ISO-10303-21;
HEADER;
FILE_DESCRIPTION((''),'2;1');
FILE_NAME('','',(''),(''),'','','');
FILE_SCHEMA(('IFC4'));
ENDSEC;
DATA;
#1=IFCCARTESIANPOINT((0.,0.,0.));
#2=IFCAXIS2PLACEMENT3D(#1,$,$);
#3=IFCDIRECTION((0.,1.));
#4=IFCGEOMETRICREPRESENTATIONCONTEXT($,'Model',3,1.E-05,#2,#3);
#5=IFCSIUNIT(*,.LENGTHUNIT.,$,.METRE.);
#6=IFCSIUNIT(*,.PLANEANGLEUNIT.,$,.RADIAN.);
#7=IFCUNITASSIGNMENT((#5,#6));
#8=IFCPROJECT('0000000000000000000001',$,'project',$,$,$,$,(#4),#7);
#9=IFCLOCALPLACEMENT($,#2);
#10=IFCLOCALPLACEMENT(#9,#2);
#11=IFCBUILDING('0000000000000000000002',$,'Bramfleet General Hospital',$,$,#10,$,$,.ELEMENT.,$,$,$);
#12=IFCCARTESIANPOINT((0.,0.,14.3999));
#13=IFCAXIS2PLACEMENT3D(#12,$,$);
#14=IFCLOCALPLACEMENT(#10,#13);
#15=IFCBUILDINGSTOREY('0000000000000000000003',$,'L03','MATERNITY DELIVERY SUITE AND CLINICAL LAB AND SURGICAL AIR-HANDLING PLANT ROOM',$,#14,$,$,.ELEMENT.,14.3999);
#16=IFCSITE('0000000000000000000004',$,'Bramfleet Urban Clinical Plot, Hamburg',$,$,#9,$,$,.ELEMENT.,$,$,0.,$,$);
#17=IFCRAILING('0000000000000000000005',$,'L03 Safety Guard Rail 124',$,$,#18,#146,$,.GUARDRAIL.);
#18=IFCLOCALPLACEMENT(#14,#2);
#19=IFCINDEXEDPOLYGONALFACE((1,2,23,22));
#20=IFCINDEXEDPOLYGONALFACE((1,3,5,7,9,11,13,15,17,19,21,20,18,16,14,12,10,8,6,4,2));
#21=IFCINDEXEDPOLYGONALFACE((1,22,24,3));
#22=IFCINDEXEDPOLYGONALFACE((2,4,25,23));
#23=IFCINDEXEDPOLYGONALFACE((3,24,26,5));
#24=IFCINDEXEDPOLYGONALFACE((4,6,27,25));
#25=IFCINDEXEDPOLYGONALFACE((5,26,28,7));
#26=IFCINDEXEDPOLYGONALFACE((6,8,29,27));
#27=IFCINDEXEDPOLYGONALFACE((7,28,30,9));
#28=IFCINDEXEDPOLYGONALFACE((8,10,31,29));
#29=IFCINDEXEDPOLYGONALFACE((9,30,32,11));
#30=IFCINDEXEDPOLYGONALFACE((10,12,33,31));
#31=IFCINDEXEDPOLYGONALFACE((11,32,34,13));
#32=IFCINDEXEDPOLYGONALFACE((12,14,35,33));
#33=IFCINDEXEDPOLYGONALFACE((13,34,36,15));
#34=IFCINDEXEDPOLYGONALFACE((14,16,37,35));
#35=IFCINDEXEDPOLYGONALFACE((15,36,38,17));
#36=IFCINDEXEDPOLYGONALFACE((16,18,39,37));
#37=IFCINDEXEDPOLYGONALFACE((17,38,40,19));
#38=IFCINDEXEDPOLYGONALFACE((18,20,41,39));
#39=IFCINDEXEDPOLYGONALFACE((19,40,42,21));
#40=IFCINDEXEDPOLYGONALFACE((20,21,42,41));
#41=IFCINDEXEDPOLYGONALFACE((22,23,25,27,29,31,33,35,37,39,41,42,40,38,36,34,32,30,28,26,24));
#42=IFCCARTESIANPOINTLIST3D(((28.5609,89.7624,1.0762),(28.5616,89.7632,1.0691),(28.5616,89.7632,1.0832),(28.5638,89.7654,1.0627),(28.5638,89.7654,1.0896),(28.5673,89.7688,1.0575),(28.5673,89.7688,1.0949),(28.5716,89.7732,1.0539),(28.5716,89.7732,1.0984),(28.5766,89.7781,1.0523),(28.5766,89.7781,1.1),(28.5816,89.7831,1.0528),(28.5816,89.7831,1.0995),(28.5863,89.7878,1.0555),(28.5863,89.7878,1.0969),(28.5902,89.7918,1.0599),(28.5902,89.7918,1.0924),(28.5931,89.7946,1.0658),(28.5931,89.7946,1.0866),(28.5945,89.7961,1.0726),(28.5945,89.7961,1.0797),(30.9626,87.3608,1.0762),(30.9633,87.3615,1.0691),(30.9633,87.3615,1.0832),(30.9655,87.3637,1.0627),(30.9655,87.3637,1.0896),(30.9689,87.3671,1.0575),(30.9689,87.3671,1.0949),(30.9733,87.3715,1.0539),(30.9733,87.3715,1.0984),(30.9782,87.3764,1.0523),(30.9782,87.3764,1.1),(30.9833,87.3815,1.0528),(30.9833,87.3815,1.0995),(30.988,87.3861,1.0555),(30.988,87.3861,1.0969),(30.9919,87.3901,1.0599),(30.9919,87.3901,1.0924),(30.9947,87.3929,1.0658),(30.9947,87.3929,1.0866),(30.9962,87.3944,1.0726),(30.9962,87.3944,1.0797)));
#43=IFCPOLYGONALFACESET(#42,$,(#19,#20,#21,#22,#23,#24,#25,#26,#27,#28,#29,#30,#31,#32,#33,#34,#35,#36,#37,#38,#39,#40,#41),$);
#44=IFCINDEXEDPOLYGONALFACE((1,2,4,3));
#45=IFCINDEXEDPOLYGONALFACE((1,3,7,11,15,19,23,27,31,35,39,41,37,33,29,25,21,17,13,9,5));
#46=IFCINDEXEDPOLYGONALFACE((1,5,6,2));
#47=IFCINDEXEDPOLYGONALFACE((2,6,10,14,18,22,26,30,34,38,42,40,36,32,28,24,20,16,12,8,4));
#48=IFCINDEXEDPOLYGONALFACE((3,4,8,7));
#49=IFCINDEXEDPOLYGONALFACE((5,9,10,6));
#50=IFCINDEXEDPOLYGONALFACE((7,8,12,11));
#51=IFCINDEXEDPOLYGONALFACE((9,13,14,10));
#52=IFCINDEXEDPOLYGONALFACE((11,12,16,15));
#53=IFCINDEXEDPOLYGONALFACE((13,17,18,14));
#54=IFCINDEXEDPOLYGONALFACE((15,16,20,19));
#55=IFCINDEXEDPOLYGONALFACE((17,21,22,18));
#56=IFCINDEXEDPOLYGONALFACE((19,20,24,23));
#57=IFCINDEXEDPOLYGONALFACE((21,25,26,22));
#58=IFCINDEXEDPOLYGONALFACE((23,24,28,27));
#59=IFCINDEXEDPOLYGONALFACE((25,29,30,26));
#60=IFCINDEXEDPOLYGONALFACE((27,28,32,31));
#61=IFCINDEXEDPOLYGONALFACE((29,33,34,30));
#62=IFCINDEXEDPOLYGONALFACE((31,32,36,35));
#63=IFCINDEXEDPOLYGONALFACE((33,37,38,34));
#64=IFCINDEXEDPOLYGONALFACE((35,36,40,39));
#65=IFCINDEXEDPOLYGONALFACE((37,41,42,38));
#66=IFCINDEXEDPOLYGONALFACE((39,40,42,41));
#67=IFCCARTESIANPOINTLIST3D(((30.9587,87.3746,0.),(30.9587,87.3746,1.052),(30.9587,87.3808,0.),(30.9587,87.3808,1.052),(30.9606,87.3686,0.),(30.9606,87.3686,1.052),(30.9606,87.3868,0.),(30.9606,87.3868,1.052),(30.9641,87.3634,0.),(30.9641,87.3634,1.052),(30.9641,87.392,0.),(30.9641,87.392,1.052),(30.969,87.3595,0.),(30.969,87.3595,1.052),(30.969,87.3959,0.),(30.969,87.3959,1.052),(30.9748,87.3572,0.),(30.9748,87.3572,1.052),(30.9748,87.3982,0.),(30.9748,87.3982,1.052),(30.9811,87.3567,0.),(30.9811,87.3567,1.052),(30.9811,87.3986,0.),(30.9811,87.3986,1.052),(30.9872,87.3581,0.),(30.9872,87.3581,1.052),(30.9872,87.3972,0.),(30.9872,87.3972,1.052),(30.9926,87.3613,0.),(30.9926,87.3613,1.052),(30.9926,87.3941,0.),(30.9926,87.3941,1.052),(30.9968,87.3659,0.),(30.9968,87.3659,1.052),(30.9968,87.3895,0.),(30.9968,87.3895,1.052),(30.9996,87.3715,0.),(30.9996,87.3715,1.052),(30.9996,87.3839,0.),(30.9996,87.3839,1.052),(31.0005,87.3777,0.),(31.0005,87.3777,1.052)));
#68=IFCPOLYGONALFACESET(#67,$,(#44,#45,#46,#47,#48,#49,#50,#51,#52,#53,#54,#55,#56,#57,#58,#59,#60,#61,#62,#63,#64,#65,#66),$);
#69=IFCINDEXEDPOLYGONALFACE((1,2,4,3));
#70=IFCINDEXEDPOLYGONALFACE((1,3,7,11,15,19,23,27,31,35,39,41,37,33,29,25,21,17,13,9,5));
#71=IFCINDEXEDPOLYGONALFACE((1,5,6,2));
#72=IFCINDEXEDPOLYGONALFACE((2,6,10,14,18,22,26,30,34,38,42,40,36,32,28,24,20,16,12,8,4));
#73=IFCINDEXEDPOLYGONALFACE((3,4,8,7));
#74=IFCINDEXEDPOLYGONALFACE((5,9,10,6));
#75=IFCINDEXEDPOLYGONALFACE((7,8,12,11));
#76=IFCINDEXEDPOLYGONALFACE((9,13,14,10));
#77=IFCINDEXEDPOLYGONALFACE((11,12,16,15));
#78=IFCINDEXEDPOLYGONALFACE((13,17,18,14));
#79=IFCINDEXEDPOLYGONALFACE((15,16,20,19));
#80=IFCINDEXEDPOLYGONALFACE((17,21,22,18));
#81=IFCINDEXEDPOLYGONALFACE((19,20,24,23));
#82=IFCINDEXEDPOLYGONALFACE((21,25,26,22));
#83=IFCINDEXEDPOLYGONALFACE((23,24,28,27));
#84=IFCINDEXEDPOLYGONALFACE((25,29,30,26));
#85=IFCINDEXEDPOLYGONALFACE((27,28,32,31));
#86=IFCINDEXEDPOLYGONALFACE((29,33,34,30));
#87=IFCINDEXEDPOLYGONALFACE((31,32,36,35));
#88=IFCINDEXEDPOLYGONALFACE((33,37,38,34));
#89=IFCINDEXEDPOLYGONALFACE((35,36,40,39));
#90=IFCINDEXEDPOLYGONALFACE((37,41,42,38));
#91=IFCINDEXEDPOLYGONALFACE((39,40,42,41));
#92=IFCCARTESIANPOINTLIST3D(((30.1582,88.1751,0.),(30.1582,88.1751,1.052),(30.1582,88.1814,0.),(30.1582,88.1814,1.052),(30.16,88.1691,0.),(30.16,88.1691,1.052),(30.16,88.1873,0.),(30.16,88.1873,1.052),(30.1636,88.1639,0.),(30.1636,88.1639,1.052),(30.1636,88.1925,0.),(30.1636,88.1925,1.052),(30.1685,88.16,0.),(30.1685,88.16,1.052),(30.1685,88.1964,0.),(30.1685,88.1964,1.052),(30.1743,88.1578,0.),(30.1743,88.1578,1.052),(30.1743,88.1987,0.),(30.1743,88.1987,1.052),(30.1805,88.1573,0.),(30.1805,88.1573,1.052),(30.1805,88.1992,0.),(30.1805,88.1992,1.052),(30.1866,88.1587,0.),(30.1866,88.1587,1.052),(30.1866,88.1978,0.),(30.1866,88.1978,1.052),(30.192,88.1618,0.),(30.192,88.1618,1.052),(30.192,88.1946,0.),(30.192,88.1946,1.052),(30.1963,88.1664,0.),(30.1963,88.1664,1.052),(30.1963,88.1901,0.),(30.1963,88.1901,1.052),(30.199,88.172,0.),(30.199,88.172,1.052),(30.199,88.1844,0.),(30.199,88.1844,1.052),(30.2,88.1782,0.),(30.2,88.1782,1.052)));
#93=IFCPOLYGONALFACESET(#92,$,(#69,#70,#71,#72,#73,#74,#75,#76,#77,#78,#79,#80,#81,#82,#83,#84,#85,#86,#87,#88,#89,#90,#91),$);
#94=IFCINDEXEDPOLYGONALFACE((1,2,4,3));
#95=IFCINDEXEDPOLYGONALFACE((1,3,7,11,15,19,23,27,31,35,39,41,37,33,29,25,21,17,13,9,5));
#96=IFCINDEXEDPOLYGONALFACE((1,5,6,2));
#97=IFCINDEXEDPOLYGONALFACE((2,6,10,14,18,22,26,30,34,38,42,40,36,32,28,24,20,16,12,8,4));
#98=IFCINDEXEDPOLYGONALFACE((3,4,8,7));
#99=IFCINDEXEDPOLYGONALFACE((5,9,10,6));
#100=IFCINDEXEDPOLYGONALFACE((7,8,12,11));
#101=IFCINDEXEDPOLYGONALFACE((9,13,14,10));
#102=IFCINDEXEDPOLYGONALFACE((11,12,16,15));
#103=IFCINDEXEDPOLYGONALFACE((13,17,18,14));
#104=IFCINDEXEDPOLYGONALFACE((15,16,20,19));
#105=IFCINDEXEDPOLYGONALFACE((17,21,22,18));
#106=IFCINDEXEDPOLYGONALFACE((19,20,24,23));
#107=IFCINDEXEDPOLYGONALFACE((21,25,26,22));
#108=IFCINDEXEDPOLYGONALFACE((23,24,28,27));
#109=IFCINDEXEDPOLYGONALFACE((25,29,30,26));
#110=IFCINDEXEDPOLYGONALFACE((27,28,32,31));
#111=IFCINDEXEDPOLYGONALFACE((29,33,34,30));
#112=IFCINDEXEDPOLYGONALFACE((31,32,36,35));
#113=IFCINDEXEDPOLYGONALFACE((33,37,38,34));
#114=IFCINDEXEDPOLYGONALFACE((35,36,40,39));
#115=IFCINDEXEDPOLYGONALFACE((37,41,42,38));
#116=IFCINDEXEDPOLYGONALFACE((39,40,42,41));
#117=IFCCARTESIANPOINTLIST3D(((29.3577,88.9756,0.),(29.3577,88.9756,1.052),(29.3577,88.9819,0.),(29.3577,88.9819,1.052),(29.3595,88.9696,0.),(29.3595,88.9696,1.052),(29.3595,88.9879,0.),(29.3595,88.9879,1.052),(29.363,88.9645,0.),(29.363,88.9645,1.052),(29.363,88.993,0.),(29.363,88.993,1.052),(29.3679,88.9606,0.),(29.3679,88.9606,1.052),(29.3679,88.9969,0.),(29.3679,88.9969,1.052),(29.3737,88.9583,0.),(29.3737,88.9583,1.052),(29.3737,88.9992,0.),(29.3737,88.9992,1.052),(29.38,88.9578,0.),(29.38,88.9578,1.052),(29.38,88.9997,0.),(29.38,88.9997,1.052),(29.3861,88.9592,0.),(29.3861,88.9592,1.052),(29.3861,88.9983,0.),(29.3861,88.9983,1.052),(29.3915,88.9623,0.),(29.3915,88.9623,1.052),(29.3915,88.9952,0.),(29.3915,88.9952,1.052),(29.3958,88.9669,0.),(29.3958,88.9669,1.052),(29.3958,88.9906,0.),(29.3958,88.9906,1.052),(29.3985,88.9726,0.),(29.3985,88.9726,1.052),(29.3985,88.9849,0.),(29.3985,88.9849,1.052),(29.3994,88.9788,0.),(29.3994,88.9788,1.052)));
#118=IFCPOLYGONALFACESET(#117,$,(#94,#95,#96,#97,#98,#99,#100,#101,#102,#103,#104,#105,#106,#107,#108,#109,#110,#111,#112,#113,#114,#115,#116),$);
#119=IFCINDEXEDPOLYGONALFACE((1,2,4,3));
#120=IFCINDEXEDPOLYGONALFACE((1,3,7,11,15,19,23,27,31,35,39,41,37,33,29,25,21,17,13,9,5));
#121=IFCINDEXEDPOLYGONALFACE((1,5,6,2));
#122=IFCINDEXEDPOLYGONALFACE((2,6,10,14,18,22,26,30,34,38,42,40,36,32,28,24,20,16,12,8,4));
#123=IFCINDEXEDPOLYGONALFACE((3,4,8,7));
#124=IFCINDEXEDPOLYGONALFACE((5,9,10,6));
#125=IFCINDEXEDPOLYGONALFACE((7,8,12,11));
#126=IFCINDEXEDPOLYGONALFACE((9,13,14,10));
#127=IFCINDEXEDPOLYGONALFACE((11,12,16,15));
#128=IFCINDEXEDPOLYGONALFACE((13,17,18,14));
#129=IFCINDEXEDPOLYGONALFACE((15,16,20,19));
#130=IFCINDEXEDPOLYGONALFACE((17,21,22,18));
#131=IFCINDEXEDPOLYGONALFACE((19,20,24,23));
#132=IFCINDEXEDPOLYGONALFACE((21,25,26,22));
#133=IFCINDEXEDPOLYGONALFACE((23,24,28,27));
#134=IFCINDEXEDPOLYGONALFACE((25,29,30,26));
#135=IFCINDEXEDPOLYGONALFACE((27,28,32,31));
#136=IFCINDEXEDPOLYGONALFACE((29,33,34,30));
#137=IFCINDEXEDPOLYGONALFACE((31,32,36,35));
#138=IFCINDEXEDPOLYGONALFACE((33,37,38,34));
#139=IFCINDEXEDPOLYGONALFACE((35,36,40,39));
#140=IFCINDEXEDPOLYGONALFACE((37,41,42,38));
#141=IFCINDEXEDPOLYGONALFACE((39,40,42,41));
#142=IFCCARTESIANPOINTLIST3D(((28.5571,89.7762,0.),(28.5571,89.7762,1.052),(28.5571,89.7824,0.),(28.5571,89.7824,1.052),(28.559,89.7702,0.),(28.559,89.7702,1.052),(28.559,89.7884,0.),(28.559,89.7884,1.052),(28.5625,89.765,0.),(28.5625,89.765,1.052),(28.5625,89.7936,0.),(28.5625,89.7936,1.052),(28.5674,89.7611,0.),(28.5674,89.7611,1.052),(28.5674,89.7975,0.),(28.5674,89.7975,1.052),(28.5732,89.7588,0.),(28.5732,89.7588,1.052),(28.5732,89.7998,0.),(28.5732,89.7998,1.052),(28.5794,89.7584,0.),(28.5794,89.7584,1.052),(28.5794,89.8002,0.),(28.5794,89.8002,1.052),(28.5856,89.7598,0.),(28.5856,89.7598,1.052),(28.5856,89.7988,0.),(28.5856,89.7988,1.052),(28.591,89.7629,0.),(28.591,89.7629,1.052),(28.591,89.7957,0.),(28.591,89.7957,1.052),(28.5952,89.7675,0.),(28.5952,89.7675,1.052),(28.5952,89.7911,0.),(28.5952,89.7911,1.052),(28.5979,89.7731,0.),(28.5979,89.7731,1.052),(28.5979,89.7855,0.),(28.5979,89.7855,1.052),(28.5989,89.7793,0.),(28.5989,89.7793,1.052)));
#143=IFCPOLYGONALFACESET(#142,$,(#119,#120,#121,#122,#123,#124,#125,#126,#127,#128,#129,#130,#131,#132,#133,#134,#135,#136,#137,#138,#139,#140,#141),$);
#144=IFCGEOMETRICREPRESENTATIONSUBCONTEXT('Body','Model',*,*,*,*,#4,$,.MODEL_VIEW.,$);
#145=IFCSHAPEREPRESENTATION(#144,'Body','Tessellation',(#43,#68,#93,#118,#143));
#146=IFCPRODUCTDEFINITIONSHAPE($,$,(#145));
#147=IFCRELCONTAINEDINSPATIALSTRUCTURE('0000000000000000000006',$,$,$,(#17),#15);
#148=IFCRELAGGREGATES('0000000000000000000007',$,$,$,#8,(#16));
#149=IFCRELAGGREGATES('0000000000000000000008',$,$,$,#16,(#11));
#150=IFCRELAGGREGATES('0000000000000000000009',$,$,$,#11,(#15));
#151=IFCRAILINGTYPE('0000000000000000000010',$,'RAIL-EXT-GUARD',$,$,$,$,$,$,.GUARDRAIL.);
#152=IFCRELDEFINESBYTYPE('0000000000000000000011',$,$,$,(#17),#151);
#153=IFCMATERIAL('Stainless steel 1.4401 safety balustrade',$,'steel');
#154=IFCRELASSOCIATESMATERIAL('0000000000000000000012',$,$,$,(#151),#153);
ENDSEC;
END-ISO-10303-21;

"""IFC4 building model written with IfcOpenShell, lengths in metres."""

from ifc_helpers import new_model, si_unit, direction, frame, origin, origin_2d, place, context, subcontext, project, spatial, circle, extrude, material, type_object, element, save


model = new_model("IFC4")

# Units and contexts
model_context = context("Model", 3, precision=1e-05, world=origin(), true_north=direction((0.0, 1.0)))
body_context = subcontext(model_context, "Body", "Model", "MODEL_VIEW")
ifc_project = project(units=[si_unit("LENGTHUNIT", "METRE"), si_unit("PLANEANGLEUNIT", "RADIAN")], contexts=[model_context])

# Site, building, storey
site_placement = place(None, origin())
site = spatial("IfcSite", under=ifc_project, at=site_placement, Name="Bramfleet Urban Clinical Plot, Hamburg", CompositionType="ELEMENT", RefElevation=0.0)
building_placement = place(site_placement, origin())
building = spatial("IfcBuilding", under=site, at=building_placement, Name="Bramfleet General Hospital", CompositionType="ELEMENT")
storey_placement = place(building_placement, frame((0.0, 0.0, 14.3999)))
storey = spatial("IfcBuildingStorey", under=building, at=storey_placement, Name="L03", Description="MATERNITY DELIVERY SUITE AND CLINICAL LAB AND SURGICAL AIR-HANDLING PLANT ROOM", CompositionType="ELEMENT", Elevation=14.3999)

# Railing
ifc_material_1 = material(Name="Stainless steel 1.4401 safety balustrade", Category="steel")
railing_type = type_object("IfcRailingType", Name="RAIL-EXT-GUARD", PredefinedType="GUARDRAIL", material=ifc_material_1)
railing_1_placement = place(storey_placement, frame((30.9795, 87.3777, 0.0)))
element("IfcRailing", 1, at=railing_1_placement, inside=storey, type_object=railing_type, Name="L03 Safety Guard Rail 124", PredefinedType="GUARDRAIL", context=body_context, shape_type="SweptSolid", body=[
    extrude(circle(Radius=0.0239, at=origin_2d()), frame((0.0, 0.0, 1.0762), z_axis=(-0.707107, 0.707107, 0.0), x_axis=(-0.707107, -0.707107, 0.0)), (0.0, 0.0, 1.0), 3.3965),
    extrude(circle(Radius=0.021, at=origin_2d()), origin(), (0.0, 0.0, 1.0), 1.052),
    extrude(circle(Radius=0.021, at=origin_2d()), frame((-0.8005, 0.8005, 0.0)), (0.0, 0.0, 1.0), 1.052),
    extrude(circle(Radius=0.021, at=origin_2d()), frame((-1.6011, 1.6011, 0.0)), (0.0, 0.0, 1.0), 1.052),
    extrude(circle(Radius=0.021, at=origin_2d()), frame((-2.4016, 2.4016, 0.0)), (0.0, 0.0, 1.0), 1.052),
])

save(model, "model.ifc")
